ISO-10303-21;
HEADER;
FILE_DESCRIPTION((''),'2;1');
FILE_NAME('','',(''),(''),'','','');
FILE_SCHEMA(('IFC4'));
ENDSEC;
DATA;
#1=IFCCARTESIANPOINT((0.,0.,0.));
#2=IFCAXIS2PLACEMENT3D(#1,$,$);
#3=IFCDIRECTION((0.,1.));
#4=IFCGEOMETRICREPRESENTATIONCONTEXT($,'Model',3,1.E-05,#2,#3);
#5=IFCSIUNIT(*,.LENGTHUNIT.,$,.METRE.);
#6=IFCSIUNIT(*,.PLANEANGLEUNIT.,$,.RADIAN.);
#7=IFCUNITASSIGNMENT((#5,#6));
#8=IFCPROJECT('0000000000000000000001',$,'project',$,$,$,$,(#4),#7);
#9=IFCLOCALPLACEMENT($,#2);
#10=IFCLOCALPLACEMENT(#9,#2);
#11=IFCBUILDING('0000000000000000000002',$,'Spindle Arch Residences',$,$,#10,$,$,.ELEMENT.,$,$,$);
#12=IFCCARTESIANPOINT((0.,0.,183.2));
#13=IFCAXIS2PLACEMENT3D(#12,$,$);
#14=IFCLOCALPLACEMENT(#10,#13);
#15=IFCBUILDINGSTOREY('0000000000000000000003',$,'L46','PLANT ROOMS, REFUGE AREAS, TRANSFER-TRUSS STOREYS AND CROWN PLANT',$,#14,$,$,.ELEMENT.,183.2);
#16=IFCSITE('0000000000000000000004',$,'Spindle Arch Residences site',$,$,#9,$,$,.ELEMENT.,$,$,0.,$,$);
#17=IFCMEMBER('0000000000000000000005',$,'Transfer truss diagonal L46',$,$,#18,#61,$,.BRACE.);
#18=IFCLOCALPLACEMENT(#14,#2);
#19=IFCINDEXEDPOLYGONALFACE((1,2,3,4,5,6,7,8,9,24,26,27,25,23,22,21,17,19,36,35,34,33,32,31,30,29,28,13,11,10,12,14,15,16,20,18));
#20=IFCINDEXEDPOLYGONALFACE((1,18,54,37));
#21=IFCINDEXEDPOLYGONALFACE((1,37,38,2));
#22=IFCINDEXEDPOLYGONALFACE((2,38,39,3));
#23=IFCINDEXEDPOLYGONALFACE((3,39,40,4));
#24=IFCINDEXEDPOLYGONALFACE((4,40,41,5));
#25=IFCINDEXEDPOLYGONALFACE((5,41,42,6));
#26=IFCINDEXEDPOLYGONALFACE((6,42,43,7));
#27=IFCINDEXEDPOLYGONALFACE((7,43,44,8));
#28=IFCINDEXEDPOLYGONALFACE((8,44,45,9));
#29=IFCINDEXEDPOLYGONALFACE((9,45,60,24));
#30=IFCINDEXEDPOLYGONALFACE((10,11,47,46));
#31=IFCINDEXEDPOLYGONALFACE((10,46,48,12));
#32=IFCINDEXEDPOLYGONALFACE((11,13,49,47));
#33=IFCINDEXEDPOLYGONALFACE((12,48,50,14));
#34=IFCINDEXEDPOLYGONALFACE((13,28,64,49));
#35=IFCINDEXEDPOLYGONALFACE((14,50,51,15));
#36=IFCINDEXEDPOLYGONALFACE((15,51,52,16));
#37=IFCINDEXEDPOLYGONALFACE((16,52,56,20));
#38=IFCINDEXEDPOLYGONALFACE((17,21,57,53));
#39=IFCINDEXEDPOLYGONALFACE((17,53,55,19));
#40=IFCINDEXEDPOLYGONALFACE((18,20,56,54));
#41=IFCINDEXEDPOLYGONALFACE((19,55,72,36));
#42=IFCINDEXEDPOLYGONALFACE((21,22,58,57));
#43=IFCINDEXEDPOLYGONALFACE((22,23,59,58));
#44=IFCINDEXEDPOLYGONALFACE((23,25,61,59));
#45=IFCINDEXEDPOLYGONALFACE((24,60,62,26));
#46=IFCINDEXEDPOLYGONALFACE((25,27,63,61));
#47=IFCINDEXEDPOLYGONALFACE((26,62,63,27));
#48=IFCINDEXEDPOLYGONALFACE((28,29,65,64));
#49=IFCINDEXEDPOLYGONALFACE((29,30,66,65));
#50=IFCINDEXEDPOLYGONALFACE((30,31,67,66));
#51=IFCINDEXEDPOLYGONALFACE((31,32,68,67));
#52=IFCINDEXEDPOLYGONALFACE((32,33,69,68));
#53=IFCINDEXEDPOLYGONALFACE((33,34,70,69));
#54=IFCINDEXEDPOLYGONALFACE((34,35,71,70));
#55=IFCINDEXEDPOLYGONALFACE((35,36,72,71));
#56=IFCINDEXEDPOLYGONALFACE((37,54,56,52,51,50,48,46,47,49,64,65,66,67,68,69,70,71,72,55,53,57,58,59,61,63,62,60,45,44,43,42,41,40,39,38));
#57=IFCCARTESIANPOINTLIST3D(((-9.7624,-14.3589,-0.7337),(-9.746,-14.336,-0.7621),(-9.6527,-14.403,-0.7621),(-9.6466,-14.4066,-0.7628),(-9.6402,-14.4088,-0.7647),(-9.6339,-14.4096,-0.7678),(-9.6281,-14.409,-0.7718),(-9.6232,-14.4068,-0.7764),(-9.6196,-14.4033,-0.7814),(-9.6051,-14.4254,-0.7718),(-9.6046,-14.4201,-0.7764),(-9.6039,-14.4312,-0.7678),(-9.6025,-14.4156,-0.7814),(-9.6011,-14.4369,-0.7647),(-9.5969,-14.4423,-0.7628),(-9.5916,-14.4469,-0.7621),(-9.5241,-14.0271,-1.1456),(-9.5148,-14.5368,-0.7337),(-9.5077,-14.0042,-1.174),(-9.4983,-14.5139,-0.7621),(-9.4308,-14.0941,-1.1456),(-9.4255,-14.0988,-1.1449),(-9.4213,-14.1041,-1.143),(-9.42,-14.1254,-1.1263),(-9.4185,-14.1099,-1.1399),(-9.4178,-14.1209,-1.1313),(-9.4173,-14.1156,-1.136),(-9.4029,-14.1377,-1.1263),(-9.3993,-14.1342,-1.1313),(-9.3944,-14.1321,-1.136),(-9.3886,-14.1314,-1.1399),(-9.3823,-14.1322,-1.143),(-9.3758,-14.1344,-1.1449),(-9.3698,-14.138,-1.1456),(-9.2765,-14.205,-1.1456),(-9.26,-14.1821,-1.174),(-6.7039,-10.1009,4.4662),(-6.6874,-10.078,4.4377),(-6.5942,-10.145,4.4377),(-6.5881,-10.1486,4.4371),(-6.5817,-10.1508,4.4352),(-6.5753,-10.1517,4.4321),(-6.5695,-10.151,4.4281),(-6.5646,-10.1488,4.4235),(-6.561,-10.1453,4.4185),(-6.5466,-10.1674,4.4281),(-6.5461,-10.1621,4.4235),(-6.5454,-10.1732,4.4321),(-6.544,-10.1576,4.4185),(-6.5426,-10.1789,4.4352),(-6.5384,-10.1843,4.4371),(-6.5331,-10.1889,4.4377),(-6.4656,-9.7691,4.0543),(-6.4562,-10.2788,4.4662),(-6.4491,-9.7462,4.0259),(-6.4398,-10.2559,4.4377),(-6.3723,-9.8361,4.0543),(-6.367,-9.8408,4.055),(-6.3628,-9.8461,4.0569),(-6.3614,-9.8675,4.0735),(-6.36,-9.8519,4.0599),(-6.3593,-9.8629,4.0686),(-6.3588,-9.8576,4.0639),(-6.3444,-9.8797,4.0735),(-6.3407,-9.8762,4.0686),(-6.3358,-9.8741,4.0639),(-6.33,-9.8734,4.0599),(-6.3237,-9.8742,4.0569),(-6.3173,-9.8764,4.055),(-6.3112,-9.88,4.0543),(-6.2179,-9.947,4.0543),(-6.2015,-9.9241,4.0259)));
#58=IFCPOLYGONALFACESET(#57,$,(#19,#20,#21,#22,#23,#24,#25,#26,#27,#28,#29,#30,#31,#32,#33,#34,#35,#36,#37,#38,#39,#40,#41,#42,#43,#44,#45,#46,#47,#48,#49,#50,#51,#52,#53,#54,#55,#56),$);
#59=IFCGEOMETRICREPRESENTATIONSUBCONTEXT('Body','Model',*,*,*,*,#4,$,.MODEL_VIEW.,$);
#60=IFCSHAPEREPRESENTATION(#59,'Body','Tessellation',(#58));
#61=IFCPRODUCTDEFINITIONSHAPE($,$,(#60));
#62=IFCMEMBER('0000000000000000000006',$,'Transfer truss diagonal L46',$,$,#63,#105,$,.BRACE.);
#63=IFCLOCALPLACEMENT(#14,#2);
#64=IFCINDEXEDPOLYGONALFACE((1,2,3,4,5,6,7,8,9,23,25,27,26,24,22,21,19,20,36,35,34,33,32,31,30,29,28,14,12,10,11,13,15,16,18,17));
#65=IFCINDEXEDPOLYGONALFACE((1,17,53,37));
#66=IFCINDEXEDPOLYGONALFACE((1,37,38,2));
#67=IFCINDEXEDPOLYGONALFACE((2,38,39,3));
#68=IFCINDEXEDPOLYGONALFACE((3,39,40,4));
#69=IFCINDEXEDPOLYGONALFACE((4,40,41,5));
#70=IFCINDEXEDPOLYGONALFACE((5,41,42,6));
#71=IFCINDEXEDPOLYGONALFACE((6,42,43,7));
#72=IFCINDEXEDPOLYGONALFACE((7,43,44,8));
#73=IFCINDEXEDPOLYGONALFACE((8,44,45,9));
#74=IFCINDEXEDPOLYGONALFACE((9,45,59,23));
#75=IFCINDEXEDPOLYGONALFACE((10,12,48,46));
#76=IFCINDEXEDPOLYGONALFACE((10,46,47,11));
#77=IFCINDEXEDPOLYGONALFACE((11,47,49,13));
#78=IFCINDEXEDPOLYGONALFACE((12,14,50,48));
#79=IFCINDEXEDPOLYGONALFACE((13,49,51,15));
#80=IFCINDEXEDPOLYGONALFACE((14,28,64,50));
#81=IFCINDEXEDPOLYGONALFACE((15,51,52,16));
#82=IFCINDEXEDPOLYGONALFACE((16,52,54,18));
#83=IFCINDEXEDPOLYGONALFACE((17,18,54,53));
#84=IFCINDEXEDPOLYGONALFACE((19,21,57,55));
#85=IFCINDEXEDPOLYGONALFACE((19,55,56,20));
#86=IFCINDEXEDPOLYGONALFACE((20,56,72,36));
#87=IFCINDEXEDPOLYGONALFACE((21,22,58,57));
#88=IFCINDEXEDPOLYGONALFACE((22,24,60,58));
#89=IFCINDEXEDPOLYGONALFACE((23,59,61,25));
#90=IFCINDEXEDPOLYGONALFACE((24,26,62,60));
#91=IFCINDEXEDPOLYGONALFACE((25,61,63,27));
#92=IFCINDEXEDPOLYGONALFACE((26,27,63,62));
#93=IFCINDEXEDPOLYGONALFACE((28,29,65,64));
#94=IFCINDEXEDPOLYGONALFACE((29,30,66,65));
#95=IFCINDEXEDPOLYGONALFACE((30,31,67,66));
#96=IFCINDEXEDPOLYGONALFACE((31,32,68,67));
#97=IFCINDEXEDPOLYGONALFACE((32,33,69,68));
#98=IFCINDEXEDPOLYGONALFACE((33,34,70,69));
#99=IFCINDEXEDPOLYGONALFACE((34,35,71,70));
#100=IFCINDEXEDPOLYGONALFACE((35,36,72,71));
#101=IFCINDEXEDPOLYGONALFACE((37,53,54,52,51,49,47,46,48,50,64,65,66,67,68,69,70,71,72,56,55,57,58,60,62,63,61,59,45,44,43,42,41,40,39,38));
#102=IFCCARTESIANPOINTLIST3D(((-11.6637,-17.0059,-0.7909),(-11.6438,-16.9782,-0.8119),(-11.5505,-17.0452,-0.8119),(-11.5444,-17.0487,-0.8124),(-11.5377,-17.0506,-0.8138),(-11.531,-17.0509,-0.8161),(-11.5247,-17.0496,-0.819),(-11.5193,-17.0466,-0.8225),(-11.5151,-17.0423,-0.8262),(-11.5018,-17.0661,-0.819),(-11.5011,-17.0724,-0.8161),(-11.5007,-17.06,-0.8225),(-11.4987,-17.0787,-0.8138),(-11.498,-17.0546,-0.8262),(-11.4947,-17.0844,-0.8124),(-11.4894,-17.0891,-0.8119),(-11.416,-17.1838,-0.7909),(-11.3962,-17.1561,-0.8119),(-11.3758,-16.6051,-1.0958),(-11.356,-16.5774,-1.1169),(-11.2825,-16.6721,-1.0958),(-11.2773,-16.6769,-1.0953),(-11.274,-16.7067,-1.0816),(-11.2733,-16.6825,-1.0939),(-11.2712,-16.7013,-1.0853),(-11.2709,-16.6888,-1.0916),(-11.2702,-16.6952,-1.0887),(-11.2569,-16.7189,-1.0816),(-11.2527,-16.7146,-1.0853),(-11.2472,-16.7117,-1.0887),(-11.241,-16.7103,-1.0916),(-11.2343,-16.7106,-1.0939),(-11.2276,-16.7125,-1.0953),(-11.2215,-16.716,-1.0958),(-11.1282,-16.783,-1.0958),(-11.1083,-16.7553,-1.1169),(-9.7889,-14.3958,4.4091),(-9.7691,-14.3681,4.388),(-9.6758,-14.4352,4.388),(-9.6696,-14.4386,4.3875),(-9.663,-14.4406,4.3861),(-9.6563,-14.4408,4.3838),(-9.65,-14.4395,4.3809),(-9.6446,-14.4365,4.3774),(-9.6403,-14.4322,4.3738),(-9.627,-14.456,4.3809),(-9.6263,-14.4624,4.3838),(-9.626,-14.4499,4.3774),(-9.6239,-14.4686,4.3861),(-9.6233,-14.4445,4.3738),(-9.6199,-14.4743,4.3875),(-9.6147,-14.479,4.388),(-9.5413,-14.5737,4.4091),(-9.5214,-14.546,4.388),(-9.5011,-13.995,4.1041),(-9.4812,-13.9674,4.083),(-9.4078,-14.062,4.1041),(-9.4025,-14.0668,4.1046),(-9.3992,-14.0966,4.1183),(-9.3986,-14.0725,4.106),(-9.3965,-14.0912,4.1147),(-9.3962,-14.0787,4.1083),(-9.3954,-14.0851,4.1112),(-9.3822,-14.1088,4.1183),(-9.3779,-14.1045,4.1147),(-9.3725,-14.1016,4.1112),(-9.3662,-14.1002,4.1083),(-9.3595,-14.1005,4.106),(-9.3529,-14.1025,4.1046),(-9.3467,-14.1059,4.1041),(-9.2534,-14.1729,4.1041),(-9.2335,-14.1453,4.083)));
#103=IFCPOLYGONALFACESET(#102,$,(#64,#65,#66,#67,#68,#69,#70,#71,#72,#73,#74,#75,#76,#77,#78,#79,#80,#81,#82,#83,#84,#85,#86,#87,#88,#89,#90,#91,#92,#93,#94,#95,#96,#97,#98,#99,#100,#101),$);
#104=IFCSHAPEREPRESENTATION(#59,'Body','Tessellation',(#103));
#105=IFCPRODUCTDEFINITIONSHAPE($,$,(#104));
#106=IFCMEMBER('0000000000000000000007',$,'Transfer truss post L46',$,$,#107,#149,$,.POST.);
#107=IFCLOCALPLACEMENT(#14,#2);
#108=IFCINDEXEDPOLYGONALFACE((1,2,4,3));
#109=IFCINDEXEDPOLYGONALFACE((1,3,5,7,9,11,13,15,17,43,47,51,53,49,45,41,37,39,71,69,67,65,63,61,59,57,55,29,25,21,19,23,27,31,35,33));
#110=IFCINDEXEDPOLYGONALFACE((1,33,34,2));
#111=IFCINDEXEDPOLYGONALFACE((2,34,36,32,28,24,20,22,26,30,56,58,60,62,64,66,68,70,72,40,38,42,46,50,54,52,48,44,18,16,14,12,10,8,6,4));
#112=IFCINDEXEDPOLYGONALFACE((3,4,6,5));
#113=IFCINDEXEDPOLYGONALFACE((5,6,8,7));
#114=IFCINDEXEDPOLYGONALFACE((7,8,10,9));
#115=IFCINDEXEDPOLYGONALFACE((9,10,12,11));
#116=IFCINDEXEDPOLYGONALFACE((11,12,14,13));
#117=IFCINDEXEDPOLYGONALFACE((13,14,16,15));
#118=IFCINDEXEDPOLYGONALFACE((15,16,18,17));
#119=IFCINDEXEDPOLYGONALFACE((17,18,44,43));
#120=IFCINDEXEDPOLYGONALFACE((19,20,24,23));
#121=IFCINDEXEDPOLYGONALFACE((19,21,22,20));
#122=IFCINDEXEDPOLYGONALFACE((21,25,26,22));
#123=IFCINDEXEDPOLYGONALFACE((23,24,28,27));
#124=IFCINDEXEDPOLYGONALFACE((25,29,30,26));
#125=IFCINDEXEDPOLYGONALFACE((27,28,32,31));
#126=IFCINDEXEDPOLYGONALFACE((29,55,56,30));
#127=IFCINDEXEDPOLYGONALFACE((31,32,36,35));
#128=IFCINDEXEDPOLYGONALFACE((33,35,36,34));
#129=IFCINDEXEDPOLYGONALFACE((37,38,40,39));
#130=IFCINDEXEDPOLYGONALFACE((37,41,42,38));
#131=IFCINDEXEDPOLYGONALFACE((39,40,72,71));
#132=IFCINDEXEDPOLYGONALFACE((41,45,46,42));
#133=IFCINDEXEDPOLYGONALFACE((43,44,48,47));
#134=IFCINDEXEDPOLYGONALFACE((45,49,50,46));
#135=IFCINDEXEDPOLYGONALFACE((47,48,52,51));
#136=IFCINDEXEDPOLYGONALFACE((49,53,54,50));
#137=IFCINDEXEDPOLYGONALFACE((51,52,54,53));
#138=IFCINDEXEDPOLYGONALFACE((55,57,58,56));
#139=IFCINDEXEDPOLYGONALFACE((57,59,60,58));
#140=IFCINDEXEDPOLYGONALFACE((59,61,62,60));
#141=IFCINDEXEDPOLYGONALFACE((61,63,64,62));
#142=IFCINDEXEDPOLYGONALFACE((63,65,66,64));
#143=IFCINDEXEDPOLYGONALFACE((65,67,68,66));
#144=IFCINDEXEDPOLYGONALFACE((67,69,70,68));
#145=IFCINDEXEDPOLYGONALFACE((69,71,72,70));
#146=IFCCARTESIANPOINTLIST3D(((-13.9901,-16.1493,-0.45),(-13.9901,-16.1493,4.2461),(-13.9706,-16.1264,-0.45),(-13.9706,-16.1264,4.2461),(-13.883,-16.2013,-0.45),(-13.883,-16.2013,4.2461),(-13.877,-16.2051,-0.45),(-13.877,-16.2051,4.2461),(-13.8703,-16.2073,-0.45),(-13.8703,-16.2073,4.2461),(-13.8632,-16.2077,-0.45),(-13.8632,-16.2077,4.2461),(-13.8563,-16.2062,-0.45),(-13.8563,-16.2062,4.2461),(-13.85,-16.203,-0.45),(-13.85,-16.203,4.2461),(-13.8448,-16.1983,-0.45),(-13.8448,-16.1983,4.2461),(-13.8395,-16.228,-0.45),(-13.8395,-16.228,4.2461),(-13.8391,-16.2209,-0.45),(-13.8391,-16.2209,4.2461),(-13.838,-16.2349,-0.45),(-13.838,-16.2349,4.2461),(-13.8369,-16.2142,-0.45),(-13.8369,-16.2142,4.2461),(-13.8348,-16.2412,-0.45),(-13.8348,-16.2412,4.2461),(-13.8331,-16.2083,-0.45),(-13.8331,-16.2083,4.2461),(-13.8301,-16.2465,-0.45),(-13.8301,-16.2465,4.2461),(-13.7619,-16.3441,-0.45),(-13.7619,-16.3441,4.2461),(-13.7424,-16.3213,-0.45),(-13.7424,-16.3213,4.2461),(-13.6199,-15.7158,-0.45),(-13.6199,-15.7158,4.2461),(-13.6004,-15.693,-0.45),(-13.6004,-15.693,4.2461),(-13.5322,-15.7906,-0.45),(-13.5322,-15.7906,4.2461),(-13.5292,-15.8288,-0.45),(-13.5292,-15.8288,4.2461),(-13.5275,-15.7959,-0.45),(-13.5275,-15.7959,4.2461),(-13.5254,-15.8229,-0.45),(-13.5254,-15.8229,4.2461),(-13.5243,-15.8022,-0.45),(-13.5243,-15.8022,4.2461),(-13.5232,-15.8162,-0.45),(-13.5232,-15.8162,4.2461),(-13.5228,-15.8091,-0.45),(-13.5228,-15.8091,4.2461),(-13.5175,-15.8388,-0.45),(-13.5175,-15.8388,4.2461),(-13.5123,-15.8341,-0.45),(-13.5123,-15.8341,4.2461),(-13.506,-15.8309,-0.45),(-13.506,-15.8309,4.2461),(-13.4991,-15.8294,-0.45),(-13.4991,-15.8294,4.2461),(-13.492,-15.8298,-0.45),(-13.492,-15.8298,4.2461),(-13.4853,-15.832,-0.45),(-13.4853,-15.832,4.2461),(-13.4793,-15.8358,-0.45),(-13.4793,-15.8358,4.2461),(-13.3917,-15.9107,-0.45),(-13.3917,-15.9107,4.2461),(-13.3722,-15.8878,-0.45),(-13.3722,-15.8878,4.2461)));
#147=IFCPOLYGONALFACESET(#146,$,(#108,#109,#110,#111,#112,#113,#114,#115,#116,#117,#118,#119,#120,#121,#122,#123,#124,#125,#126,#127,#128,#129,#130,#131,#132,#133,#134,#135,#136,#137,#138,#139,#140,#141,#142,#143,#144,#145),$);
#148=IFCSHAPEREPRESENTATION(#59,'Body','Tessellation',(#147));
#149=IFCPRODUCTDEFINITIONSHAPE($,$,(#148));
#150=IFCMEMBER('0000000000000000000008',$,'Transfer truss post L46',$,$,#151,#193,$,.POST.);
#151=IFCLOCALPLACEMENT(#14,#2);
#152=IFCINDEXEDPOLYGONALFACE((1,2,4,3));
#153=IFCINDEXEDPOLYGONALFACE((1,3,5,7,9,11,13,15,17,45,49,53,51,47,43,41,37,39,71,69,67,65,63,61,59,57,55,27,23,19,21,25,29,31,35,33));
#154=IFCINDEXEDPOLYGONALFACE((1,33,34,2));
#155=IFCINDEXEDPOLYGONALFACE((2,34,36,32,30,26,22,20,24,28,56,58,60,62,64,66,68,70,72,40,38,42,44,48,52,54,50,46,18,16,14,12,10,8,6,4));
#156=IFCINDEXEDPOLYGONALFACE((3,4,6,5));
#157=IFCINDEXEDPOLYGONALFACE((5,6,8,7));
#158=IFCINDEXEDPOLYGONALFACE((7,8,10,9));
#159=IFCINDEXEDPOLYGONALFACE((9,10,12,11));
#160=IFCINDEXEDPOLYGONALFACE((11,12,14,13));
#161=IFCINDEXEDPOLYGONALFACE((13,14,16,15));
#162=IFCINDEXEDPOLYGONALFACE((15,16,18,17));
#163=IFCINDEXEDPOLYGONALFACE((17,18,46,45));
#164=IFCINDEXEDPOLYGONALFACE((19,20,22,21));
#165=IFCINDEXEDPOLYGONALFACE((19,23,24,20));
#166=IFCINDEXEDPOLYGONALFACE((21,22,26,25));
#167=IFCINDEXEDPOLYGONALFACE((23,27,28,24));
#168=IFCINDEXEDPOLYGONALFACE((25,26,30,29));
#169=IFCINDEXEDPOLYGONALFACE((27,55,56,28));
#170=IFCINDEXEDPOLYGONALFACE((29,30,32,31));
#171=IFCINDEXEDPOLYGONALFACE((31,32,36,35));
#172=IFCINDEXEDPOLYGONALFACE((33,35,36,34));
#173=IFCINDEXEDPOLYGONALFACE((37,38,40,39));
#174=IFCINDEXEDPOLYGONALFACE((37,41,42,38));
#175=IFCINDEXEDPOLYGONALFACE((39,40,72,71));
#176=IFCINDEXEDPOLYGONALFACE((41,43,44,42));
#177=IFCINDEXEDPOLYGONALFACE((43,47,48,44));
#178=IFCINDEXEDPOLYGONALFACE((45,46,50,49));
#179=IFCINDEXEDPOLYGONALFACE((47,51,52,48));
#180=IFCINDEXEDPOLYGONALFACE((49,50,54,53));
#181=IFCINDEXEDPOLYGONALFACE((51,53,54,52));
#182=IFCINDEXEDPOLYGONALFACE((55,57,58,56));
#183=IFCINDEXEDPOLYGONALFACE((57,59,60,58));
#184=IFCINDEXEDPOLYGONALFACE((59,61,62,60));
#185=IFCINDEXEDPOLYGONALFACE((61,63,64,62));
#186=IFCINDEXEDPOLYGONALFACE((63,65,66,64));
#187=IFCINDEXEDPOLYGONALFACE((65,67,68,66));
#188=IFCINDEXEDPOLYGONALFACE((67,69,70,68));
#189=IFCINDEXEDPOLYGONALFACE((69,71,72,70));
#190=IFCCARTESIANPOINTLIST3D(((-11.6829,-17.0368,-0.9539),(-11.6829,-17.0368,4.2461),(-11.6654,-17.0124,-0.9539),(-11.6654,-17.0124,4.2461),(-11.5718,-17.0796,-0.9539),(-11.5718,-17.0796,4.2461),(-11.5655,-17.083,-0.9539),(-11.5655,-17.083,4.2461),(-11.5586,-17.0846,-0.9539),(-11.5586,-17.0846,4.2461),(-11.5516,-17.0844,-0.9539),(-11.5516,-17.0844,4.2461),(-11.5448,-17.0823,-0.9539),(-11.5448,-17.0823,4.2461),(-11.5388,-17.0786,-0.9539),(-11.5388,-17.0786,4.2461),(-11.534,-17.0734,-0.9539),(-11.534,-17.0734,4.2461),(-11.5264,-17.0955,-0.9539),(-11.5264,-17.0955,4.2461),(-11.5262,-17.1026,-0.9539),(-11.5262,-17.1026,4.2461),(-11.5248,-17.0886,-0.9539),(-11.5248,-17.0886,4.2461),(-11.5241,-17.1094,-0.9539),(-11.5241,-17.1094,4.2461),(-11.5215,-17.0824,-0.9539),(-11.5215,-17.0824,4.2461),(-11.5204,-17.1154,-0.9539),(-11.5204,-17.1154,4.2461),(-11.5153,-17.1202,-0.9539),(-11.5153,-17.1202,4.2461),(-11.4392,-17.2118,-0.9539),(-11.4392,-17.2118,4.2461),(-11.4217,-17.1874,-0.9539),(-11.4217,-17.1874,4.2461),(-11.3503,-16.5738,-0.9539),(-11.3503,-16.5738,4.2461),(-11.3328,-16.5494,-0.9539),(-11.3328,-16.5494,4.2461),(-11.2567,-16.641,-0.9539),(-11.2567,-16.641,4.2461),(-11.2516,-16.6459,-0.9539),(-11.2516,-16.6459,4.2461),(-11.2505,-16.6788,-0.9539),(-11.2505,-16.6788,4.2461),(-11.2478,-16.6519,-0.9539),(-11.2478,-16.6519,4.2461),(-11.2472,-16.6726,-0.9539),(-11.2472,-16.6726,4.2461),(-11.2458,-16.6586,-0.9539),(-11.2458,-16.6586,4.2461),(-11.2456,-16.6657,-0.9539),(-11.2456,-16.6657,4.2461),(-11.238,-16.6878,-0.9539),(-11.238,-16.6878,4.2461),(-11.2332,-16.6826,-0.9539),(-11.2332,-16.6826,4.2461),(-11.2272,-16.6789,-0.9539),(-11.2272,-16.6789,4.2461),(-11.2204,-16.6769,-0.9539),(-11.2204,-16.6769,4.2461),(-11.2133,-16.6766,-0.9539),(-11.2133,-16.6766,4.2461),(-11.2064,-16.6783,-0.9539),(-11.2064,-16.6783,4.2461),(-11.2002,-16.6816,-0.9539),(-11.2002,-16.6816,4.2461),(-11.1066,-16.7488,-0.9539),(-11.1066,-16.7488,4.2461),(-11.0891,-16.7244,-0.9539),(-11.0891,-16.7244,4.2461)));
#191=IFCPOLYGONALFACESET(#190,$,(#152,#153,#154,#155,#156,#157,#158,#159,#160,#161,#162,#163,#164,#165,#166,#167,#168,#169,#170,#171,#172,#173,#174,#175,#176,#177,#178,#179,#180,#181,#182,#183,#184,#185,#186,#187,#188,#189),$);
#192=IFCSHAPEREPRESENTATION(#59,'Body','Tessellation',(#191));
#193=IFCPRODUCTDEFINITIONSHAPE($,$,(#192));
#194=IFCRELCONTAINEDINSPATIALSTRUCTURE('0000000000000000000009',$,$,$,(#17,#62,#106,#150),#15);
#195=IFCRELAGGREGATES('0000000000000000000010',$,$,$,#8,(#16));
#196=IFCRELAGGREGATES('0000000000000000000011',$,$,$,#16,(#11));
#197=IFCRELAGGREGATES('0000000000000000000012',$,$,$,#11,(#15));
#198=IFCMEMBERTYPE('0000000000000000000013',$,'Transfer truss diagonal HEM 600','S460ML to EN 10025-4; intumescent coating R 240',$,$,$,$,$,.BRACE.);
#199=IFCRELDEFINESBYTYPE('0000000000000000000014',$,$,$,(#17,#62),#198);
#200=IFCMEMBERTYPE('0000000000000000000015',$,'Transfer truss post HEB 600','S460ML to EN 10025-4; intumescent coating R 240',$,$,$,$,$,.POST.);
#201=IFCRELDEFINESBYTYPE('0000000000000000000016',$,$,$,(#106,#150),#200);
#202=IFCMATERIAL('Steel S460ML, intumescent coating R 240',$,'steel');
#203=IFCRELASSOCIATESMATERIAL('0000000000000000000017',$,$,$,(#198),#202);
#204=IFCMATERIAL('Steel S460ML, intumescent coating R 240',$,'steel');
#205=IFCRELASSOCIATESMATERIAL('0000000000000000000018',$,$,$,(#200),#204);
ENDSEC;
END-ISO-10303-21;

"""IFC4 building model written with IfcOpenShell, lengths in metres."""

from ifc_helpers import new_model, si_unit, direction, frame, origin, origin_2d, place, context, subcontext, project, spatial, i_section, extrude, material, material_profile, profile_set, type_object, element, save


model = new_model("IFC4")

# Units and contexts
model_context = context("Model", 3, precision=1e-05, world=origin(), true_north=direction((0.0, 1.0)))
body_context = subcontext(model_context, "Body", "Model", "MODEL_VIEW")
ifc_project = project(units=[si_unit("LENGTHUNIT", "METRE"), si_unit("PLANEANGLEUNIT", "RADIAN")], contexts=[model_context])

# Site, building, storey
site_placement = place(None, origin())
site = spatial("IfcSite", under=ifc_project, at=site_placement, Name="Spindle Arch Residences site", CompositionType="ELEMENT", RefElevation=0.0)
building_placement = place(site_placement, origin())
building = spatial("IfcBuilding", under=site, at=building_placement, Name="Spindle Arch Residences", CompositionType="ELEMENT")
storey_placement = place(building_placement, frame((0.0, 0.0, 183.2)))
storey = spatial("IfcBuildingStorey", under=building, at=storey_placement, Name="L46", Description="PLANT ROOMS, REFUGE AREAS, TRANSFER-TRUSS STOREYS AND CROWN PLANT", CompositionType="ELEMENT", Elevation=183.2)

# Members
ifc_material_1 = material(Name="Steel S460ML, intumescent coating R 240", Category="steel")
ifc_material_profile_1 = material_profile(ifc_material_1, i_section(OverallWidth=0.3049, OverallDepth=0.6201, WebThickness=0.021, FlangeThickness=0.04, FilletRadius=0.0271, at=origin_2d()), Name="HEM 600")
ifc_profile_set_1 = profile_set([ifc_material_profile_1], Name="Steel S460ML, intumescent coating R 240")
member_type_1 = type_object("IfcMemberType", Name="Transfer truss diagonal HEM 600", Description="S460ML to EN 10025-4; intumescent coating R 240", PredefinedType="BRACE", material=ifc_profile_set_1)
member_1_placement = place(storey_placement, frame((-9.5112, -14.2705, -0.9539), z_axis=(0.414211, 0.576649, 0.704205), x_axis=(-0.812186, 0.583399, 0.0)))
element("IfcMember", 1, at=member_1_placement, inside=storey, type_object=member_type_1, Name="Transfer truss diagonal L46", PredefinedType="BRACE", context=body_context, shape_type="SweptSolid", body=[
    extrude(i_section(OverallWidth=0.3049, OverallDepth=0.6201, WebThickness=0.021, FlangeThickness=0.04, FilletRadius=0.0271, at=origin_2d()), origin(), (0.0, 0.0, 1.0), 7.384),
])
member_2_placement = place(storey_placement, frame((-11.386, -16.8806, -0.9539), z_axis=(0.306691, 0.426987, 0.85066), x_axis=(-0.812201, 0.583378, 0.0)))
element("IfcMember", 2, at=member_2_placement, inside=storey, type_object=member_type_1, Name="Transfer truss diagonal L46", PredefinedType="BRACE", context=body_context, shape_type="SweptSolid", body=[
    extrude(i_section(OverallWidth=0.3049, OverallDepth=0.6201, WebThickness=0.021, FlangeThickness=0.04, FilletRadius=0.0271, at=origin_2d()), origin(), (0.0, 0.0, 1.0), 6.1128),
])
ifc_material_2 = material(Name="Steel S460ML, intumescent coating R 240", Category="steel")
ifc_material_profile_2 = material_profile(ifc_material_2, i_section(OverallWidth=0.3, OverallDepth=0.6001, WebThickness=0.0154, FlangeThickness=0.03, FilletRadius=0.0271, at=origin_2d()), Name="HEB 600")
ifc_profile_set_2 = profile_set([ifc_material_profile_2], Name="Steel S460ML, intumescent coating R 240")
member_type_2 = type_object("IfcMemberType", Name="Transfer truss post HEB 600", Description="S460ML to EN 10025-4; intumescent coating R 240", PredefinedType="POST", material=ifc_profile_set_2)
member_3_placement = place(storey_placement, frame((-13.6812, -16.0186, -0.45), z_axis=(0.0, 0.0, 1.0), x_axis=(-0.760405, 0.649449, 0.0)))
element("IfcMember", 3, at=member_3_placement, inside=storey, type_object=member_type_2, Name="Transfer truss post L46", PredefinedType="POST", context=body_context, shape_type="SweptSolid", body=[
    extrude(i_section(OverallWidth=0.3, OverallDepth=0.6001, WebThickness=0.0154, FlangeThickness=0.03, FilletRadius=0.0271, at=origin_2d()), origin(), (0.0, 0.0, 1.0), 4.696),
])
member_4_placement = place(storey_placement, frame((-11.386, -16.8806, -0.9539), z_axis=(0.0, 0.0, 1.0), x_axis=(-0.812186, 0.583398, 0.0)))
element("IfcMember", 4, at=member_4_placement, inside=storey, type_object=member_type_2, Name="Transfer truss post L46", PredefinedType="POST", context=body_context, shape_type="SweptSolid", body=[
    extrude(i_section(OverallWidth=0.3, OverallDepth=0.6001, WebThickness=0.0154, FlangeThickness=0.03, FilletRadius=0.0271, at=origin_2d()), origin(), (0.0, 0.0, 1.0), 5.2),
])

save(model, "model.ifc")
